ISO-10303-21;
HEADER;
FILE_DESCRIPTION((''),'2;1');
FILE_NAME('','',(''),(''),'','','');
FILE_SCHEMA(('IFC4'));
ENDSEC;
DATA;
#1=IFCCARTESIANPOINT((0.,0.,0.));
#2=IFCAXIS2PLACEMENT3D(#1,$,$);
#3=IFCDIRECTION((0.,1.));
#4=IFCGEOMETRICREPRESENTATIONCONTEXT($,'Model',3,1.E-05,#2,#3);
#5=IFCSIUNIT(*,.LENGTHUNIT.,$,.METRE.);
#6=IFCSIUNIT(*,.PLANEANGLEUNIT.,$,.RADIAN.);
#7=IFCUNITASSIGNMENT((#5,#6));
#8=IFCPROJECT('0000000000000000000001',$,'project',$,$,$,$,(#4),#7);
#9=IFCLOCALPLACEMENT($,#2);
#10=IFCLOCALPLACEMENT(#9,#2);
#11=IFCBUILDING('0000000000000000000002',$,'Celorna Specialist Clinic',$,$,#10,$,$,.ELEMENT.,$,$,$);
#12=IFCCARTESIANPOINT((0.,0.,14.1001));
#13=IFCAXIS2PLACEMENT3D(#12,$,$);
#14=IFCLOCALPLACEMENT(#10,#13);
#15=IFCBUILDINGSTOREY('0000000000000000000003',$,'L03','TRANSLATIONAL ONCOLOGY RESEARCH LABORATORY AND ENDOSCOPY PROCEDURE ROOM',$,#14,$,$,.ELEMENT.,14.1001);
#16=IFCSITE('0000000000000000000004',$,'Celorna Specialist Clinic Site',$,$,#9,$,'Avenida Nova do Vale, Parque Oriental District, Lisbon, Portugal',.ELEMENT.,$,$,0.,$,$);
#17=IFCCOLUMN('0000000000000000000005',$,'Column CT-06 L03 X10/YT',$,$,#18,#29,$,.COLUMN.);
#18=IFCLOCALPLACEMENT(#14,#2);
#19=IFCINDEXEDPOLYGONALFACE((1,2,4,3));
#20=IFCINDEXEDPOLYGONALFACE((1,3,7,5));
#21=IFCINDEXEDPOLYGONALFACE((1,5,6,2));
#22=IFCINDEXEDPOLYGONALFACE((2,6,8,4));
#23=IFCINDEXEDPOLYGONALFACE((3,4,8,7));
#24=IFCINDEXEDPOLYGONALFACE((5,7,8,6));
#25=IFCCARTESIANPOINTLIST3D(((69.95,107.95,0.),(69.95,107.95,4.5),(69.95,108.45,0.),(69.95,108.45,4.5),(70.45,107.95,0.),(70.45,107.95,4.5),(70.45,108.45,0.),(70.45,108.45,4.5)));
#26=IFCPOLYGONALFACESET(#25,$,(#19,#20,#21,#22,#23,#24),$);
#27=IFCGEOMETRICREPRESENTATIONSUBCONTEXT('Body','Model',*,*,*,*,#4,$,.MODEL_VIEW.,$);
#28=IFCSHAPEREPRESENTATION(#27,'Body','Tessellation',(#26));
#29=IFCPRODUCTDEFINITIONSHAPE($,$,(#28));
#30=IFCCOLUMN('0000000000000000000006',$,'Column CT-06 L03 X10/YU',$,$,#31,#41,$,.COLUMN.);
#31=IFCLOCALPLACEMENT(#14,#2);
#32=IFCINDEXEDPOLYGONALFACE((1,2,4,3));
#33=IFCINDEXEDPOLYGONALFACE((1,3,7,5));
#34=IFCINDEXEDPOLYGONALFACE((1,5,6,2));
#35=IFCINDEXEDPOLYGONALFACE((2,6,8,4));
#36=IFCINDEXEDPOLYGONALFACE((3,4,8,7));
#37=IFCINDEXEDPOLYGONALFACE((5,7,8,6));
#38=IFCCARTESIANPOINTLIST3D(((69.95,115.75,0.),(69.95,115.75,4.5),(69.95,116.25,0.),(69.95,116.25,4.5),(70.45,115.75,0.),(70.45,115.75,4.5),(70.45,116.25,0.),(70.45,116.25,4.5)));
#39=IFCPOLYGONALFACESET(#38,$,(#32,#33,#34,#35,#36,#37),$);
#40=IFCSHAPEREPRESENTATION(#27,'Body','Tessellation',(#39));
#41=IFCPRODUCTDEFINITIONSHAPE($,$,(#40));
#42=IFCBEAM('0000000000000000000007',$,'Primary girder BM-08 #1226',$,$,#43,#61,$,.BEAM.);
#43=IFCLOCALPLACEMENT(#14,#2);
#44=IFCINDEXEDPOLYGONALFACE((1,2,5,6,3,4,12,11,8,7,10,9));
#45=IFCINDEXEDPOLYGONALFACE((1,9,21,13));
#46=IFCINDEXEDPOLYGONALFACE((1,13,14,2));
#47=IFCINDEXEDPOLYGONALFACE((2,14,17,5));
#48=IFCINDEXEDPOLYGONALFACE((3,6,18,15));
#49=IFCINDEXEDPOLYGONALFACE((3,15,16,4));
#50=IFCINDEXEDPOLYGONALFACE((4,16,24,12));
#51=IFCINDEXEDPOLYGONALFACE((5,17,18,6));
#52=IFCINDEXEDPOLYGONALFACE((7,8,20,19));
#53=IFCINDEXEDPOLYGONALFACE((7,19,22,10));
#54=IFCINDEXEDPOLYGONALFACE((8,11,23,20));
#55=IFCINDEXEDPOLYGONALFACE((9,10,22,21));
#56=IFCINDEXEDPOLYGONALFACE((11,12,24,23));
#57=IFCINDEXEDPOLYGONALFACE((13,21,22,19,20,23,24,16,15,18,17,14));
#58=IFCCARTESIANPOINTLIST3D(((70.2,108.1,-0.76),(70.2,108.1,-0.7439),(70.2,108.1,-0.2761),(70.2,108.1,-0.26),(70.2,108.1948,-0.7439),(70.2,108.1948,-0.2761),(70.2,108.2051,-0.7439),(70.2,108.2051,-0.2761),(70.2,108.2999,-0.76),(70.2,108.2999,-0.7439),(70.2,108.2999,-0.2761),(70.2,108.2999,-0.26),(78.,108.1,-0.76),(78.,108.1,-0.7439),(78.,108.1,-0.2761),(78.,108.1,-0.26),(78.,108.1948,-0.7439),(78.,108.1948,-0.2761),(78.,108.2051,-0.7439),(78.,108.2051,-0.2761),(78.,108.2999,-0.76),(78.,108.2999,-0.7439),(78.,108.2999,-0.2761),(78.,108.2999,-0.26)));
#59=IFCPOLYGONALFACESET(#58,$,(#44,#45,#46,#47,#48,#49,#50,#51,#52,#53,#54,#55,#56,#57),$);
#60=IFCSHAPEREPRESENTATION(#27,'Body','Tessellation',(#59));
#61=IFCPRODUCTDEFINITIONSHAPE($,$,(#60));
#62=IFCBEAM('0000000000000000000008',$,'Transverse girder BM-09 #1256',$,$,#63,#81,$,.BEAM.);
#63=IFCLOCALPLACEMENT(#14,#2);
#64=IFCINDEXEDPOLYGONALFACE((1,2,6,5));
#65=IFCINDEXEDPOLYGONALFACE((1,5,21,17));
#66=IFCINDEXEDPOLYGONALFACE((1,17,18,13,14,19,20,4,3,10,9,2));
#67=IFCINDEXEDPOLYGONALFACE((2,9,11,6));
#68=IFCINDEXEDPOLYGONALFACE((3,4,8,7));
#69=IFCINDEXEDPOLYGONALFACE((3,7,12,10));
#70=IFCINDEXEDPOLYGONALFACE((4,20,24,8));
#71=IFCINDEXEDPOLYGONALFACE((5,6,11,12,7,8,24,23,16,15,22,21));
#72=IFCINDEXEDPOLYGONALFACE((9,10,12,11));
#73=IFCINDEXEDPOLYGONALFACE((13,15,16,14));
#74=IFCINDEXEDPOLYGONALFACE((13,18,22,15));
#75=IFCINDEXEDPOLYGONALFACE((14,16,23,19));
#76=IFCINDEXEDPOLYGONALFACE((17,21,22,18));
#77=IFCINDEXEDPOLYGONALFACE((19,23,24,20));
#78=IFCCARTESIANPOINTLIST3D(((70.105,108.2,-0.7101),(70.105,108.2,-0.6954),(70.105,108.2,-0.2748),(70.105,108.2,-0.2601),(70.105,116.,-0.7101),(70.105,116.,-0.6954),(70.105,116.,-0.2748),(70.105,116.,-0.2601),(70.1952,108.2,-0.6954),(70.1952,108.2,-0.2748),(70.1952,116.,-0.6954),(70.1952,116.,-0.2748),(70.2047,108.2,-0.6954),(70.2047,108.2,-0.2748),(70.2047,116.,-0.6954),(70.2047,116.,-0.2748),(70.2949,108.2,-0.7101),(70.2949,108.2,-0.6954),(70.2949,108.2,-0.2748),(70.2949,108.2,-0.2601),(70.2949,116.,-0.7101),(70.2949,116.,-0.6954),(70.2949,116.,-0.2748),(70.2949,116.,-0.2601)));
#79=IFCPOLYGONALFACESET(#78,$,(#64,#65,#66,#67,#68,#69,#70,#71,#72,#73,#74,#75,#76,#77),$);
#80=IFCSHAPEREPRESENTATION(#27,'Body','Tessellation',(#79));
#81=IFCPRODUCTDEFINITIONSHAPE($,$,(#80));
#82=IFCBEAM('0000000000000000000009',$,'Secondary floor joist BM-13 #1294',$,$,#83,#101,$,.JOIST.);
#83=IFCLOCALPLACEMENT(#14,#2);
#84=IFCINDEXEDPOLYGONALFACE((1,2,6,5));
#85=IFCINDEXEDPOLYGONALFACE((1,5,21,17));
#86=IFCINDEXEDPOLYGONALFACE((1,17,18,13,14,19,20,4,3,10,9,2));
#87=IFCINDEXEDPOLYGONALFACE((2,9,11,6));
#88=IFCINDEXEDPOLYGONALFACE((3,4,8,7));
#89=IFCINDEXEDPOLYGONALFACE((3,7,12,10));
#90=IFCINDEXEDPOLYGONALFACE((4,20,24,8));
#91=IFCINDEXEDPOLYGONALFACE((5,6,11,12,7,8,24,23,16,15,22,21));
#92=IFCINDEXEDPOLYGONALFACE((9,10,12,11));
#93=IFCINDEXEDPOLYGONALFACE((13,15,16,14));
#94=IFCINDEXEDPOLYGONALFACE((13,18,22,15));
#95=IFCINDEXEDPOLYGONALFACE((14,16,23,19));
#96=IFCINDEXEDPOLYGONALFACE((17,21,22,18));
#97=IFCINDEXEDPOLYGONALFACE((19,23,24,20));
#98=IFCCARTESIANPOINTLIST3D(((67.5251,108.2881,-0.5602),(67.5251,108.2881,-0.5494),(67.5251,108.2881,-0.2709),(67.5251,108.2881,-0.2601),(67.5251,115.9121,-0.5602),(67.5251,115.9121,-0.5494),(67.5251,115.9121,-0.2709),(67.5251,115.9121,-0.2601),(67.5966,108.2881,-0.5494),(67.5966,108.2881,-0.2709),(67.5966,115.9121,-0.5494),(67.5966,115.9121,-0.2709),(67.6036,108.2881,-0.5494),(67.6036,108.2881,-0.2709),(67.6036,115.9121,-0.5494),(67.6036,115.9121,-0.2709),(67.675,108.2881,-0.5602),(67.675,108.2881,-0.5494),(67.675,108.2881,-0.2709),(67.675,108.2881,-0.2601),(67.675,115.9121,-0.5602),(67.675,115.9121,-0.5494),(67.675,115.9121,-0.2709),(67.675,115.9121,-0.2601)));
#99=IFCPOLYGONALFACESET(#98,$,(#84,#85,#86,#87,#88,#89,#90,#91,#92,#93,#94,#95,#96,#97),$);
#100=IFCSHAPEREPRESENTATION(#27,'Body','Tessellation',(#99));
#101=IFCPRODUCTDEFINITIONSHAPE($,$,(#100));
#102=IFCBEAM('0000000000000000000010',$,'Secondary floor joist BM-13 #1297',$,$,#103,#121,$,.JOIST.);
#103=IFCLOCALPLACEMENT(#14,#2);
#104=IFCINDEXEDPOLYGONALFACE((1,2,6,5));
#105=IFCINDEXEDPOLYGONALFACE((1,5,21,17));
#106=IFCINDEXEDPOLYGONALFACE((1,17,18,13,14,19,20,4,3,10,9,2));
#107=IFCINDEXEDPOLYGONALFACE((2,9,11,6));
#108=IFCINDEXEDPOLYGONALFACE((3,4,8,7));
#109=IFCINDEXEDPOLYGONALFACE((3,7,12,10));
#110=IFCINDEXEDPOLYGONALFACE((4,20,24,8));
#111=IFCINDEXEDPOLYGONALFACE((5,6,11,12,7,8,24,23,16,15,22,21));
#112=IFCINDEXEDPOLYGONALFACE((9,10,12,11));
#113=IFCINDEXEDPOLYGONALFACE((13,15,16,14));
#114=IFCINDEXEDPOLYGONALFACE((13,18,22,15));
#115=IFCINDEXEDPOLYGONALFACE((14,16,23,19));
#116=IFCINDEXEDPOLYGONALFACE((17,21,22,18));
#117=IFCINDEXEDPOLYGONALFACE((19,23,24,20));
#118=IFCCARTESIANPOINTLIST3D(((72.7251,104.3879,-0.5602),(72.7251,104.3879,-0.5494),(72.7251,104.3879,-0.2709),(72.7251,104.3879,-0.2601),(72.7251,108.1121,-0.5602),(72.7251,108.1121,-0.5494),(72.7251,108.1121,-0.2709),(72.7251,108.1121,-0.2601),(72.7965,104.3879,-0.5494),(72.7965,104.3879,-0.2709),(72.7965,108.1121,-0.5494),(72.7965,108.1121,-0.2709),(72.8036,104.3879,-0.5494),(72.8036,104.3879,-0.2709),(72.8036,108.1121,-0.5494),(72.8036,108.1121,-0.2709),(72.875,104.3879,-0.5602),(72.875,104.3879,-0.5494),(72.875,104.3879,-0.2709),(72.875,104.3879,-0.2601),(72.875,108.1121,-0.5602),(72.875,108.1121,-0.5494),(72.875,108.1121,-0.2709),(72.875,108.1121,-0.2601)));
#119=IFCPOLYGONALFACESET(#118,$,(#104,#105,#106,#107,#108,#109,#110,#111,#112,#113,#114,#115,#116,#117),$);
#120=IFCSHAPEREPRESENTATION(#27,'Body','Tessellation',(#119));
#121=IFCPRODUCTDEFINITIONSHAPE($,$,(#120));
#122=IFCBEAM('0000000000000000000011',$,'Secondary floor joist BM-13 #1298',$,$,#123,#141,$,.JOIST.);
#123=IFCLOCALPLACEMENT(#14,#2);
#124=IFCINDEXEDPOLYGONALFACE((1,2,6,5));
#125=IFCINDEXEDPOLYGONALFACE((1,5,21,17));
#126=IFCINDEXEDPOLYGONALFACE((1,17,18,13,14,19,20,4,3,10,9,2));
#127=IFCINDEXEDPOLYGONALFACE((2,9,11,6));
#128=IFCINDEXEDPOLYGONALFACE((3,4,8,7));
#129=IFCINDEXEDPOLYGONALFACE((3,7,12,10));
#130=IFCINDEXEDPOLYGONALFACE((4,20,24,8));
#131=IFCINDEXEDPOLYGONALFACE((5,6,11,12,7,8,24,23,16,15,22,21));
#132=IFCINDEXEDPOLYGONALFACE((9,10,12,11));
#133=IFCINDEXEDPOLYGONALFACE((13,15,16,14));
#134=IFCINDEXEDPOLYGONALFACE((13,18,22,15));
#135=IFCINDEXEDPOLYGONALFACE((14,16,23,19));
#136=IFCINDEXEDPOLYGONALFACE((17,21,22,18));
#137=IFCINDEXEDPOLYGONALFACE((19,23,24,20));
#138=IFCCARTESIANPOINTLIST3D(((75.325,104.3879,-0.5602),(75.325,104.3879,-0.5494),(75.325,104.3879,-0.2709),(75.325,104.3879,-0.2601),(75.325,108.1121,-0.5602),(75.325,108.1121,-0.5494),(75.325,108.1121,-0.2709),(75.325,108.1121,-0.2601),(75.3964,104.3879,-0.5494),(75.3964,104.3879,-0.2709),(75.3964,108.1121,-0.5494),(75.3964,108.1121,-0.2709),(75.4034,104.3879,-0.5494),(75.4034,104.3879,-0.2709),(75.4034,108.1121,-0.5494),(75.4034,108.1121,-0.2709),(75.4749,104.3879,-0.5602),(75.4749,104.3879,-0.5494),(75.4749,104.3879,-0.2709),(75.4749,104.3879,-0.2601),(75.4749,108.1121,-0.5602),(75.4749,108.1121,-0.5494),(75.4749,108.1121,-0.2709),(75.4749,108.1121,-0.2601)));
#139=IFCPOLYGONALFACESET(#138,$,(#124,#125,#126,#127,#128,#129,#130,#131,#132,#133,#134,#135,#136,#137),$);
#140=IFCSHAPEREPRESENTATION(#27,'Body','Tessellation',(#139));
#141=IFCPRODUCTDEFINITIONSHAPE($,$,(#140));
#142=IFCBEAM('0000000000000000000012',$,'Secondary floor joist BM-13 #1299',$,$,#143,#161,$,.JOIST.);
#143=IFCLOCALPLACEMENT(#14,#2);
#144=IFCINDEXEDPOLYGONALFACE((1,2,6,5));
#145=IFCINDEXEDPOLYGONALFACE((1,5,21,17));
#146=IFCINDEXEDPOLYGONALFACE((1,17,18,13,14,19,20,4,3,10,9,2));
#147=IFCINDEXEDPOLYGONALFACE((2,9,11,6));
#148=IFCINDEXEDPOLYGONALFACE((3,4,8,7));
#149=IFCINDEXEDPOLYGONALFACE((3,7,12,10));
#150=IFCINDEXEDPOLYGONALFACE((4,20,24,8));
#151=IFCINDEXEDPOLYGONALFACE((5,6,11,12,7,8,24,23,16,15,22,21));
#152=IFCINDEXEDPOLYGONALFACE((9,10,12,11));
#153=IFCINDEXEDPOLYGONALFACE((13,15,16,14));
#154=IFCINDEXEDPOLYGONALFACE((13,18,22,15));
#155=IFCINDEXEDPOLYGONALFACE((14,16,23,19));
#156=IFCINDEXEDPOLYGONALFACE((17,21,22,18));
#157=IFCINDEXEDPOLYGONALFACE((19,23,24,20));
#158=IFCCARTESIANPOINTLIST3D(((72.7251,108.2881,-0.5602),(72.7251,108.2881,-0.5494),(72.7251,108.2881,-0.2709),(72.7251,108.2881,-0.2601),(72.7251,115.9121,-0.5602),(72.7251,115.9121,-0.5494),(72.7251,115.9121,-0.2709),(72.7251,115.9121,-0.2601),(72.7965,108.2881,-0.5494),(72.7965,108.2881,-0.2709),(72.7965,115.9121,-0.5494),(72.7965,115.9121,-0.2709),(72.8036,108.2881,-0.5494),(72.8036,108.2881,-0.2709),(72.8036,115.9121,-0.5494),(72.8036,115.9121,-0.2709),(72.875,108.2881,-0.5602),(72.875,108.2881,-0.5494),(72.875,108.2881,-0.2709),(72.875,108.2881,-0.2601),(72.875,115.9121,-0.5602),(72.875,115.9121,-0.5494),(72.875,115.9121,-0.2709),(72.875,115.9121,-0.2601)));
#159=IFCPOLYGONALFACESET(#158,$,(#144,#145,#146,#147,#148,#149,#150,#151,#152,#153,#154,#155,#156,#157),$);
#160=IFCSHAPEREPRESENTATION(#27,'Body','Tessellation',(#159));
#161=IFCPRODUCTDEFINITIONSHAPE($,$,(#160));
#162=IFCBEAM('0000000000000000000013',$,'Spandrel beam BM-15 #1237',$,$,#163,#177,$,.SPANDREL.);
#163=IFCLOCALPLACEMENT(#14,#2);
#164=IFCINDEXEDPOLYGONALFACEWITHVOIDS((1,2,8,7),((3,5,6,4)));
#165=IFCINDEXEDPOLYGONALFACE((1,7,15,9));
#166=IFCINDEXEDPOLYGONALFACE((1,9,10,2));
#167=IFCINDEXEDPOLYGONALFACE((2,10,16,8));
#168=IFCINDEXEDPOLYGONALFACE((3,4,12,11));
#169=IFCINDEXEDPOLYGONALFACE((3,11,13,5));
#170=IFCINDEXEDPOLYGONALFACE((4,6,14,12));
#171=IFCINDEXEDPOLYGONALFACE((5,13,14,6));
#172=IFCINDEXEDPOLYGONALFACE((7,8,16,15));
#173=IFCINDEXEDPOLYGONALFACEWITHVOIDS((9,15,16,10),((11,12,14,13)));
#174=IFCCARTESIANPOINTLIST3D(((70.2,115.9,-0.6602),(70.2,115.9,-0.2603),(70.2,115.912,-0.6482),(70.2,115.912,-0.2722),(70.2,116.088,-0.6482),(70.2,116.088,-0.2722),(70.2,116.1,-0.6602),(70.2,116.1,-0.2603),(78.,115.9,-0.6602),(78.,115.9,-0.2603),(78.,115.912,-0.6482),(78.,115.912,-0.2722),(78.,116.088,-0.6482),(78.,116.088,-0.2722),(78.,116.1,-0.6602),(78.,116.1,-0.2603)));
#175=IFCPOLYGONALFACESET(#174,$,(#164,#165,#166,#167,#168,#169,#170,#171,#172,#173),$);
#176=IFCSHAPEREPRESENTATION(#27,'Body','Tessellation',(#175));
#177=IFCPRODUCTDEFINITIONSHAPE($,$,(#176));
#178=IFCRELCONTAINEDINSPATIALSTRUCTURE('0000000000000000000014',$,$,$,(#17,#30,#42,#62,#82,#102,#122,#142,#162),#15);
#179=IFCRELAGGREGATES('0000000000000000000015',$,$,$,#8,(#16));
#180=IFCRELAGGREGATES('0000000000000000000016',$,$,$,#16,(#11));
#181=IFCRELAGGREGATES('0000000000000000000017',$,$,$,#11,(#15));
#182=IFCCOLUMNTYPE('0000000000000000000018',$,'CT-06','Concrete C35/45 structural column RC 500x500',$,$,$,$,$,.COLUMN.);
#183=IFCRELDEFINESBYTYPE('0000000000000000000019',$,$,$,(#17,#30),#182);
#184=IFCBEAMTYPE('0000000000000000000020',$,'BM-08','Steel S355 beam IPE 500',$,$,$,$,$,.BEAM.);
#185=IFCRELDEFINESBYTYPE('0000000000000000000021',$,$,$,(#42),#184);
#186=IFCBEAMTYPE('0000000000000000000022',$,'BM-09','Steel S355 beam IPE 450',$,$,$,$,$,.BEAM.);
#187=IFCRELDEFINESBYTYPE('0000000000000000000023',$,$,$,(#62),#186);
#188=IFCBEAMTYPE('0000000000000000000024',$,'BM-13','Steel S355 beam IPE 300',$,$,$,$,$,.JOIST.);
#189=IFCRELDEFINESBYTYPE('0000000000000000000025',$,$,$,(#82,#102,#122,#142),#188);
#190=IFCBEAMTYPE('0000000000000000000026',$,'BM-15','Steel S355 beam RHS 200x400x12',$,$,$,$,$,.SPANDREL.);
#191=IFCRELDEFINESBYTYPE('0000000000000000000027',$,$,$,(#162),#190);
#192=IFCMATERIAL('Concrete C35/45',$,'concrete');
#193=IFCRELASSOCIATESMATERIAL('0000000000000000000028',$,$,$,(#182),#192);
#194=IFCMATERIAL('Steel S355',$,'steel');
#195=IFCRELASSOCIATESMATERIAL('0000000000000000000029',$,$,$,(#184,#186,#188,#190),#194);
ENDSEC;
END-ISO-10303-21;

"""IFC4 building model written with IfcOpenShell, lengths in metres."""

from ifc_helpers import new_model, si_unit, direction, frame, origin, origin_2d, place, context, subcontext, project, spatial, rectangle, hollow_rectangle, i_section, extrude, material, material_profile, profile_set, type_object, element, save


model = new_model("IFC4")

# Units and contexts
model_context = context("Model", 3, precision=1e-05, world=origin(), true_north=direction((0.0, 1.0)))
body_context = subcontext(model_context, "Body", "Model", "MODEL_VIEW")
ifc_project = project(units=[si_unit("LENGTHUNIT", "METRE"), si_unit("PLANEANGLEUNIT", "RADIAN")], contexts=[model_context])

# Site, building, storey
site_placement = place(None, origin())
site = spatial("IfcSite", under=ifc_project, at=site_placement, Name="Celorna Specialist Clinic Site", LongName="Avenida Nova do Vale, Parque Oriental District, Lisbon, Portugal", CompositionType="ELEMENT", RefElevation=0.0)
building_placement = place(site_placement, origin())
building = spatial("IfcBuilding", under=site, at=building_placement, Name="Celorna Specialist Clinic", CompositionType="ELEMENT")
storey_placement = place(building_placement, frame((0.0, 0.0, 14.1001)))
storey = spatial("IfcBuildingStorey", under=building, at=storey_placement, Name="L03", Description="TRANSLATIONAL ONCOLOGY RESEARCH LABORATORY AND ENDOSCOPY PROCEDURE ROOM", CompositionType="ELEMENT", Elevation=14.1001)

# Columns
ifc_material_1 = material(Name="Concrete C35/45", Category="concrete")
ifc_material_profile_1 = material_profile(ifc_material_1, rectangle(XDim=0.5, YDim=0.5, at=origin_2d()), Name="RC 500x500")
ifc_profile_set_1 = profile_set([ifc_material_profile_1], Name="Concrete C35/45")
column_type = type_object("IfcColumnType", Name="CT-06", Description="Concrete C35/45 structural column RC 500x500", PredefinedType="COLUMN", material=ifc_profile_set_1)
for number, where, z_axis, x_axis, name in (
    (1, (70.2, 108.2, 0.0), (0.0, 0.0, 1.0), (1.0, 0.0, 0.0), "Column CT-06 L03 X10/YT"),
    (2, (70.2, 116.0, 0.0), (0.0, 0.0, 1.0), (1.0, 0.0, 0.0), "Column CT-06 L03 X10/YU"),
):
    element("IfcColumn", number, at=place(storey_placement, frame(where, z_axis=z_axis, x_axis=x_axis)), inside=storey, type_object=column_type, Name=name, PredefinedType="COLUMN", context=body_context, shape_type="SweptSolid", body=[
        extrude(rectangle(XDim=0.5, YDim=0.5, at=origin_2d()), origin(), (0.0, 0.0, 1.0), 4.5),
    ])

# Beams
ifc_material_2 = material(Name="Steel S355", Category="steel")
ifc_material_profile_2 = material_profile(ifc_material_2, i_section(OverallWidth=0.2, OverallDepth=0.5, WebThickness=0.0103, FlangeThickness=0.0161, at=origin_2d()), Name="IPE 500")
ifc_profile_set_2 = profile_set([ifc_material_profile_2], Name="Steel S355")
beam_type_1 = type_object("IfcBeamType", Name="BM-08", Description="Steel S355 beam IPE 500", PredefinedType="BEAM", material=ifc_profile_set_2)
beam_1_placement = place(storey_placement, frame((70.2, 108.2, -0.51), z_axis=(1.0, 0.0, 0.0), x_axis=(0.0, 1.0, 0.0)))
element("IfcBeam", 3, at=beam_1_placement, inside=storey, type_object=beam_type_1, Name="Primary girder BM-08 #1226", PredefinedType="BEAM", context=body_context, shape_type="SweptSolid", body=[
    extrude(i_section(OverallWidth=0.2, OverallDepth=0.5, WebThickness=0.0103, FlangeThickness=0.0161, at=origin_2d()), origin(), (0.0, 0.0, 1.0), 7.8),
])
ifc_material_profile_3 = material_profile(ifc_material_2, i_section(OverallWidth=0.1899, OverallDepth=0.45, WebThickness=0.0095, FlangeThickness=0.0146, at=origin_2d()), Name="IPE 450")
ifc_profile_set_3 = profile_set([ifc_material_profile_3], Name="Steel S355")
beam_type_2 = type_object("IfcBeamType", Name="BM-09", Description="Steel S355 beam IPE 450", PredefinedType="BEAM", material=ifc_profile_set_3)
beam_2_placement = place(storey_placement, frame((70.2, 108.2, -0.4851), z_axis=(0.0, 1.0, 0.0), x_axis=(-1.0, 0.0, 0.0)))
element("IfcBeam", 4, at=beam_2_placement, inside=storey, type_object=beam_type_2, Name="Transverse girder BM-09 #1256", PredefinedType="BEAM", context=body_context, shape_type="SweptSolid", body=[
    extrude(i_section(OverallWidth=0.1899, OverallDepth=0.45, WebThickness=0.0095, FlangeThickness=0.0146, at=origin_2d()), origin(), (0.0, 0.0, 1.0), 7.8),
])
ifc_material_profile_4 = material_profile(ifc_material_2, i_section(OverallWidth=0.1499, OverallDepth=0.3, WebThickness=0.0071, FlangeThickness=0.0107, at=origin_2d()), Name="IPE 300")
ifc_profile_set_4 = profile_set([ifc_material_profile_4], Name="Steel S355")
beam_type_3 = type_object("IfcBeamType", Name="BM-13", Description="Steel S355 beam IPE 300", PredefinedType="JOIST", material=ifc_profile_set_4)
beam_3_placement = place(storey_placement, frame((67.6001, 108.2881, -0.4102), z_axis=(0.0, 1.0, 0.0), x_axis=(-1.0, 0.0, 0.0)))
element("IfcBeam", 5, at=beam_3_placement, inside=storey, type_object=beam_type_3, Name="Secondary floor joist BM-13 #1294", PredefinedType="JOIST", context=body_context, shape_type="SweptSolid", body=[
    extrude(i_section(OverallWidth=0.1499, OverallDepth=0.3, WebThickness=0.0071, FlangeThickness=0.0107, at=origin_2d()), origin(), (0.0, 0.0, 1.0), 7.624),
])
for number, where, z_axis, x_axis, name in (
    (6, (72.8, 104.3879, -0.4102), (0.0, 1.0, 0.0), (-1.0, 0.0, 0.0), "Secondary floor joist BM-13 #1297"),
    (7, (75.3999, 104.3879, -0.4102), (0.0, 1.0, 0.0), (-1.0, 0.0, 0.0), "Secondary floor joist BM-13 #1298"),
):
    element("IfcBeam", number, at=place(storey_placement, frame(where, z_axis=z_axis, x_axis=x_axis)), inside=storey, type_object=beam_type_3, Name=name, PredefinedType="JOIST", context=body_context, shape_type="SweptSolid", body=[
        extrude(i_section(OverallWidth=0.1499, OverallDepth=0.3, WebThickness=0.0071, FlangeThickness=0.0107, at=origin_2d()), origin(), (0.0, 0.0, 1.0), 3.7241),
    ])
beam_4_placement = place(storey_placement, frame((72.8, 108.2881, -0.4102), z_axis=(0.0, 1.0, 0.0), x_axis=(-1.0, 0.0, 0.0)))
element("IfcBeam", 8, at=beam_4_placement, inside=storey, type_object=beam_type_3, Name="Secondary floor joist BM-13 #1299", PredefinedType="JOIST", context=body_context, shape_type="SweptSolid", body=[
    extrude(i_section(OverallWidth=0.1499, OverallDepth=0.3, WebThickness=0.0071, FlangeThickness=0.0107, at=origin_2d()), origin(), (0.0, 0.0, 1.0), 7.624),
])
ifc_material_profile_5 = material_profile(ifc_material_2, hollow_rectangle(XDim=0.2, YDim=0.3999, WallThickness=0.012, at=origin_2d()), Name="RHS 200x400x12")
ifc_profile_set_5 = profile_set([ifc_material_profile_5], Name="Steel S355")
beam_type_4 = type_object("IfcBeamType", Name="BM-15", Description="Steel S355 beam RHS 200x400x12", PredefinedType="SPANDREL", material=ifc_profile_set_5)
beam_5_placement = place(storey_placement, frame((70.2, 116.0, -0.4602), z_axis=(1.0, 0.0, 0.0), x_axis=(0.0, 1.0, 0.0)))
element("IfcBeam", 9, at=beam_5_placement, inside=storey, type_object=beam_type_4, Name="Spandrel beam BM-15 #1237", PredefinedType="SPANDREL", context=body_context, shape_type="SweptSolid", body=[
    extrude(hollow_rectangle(XDim=0.2, YDim=0.3999, WallThickness=0.012, at=origin_2d()), origin(), (0.0, 0.0, 1.0), 7.8),
])

save(model, "model.ifc")
